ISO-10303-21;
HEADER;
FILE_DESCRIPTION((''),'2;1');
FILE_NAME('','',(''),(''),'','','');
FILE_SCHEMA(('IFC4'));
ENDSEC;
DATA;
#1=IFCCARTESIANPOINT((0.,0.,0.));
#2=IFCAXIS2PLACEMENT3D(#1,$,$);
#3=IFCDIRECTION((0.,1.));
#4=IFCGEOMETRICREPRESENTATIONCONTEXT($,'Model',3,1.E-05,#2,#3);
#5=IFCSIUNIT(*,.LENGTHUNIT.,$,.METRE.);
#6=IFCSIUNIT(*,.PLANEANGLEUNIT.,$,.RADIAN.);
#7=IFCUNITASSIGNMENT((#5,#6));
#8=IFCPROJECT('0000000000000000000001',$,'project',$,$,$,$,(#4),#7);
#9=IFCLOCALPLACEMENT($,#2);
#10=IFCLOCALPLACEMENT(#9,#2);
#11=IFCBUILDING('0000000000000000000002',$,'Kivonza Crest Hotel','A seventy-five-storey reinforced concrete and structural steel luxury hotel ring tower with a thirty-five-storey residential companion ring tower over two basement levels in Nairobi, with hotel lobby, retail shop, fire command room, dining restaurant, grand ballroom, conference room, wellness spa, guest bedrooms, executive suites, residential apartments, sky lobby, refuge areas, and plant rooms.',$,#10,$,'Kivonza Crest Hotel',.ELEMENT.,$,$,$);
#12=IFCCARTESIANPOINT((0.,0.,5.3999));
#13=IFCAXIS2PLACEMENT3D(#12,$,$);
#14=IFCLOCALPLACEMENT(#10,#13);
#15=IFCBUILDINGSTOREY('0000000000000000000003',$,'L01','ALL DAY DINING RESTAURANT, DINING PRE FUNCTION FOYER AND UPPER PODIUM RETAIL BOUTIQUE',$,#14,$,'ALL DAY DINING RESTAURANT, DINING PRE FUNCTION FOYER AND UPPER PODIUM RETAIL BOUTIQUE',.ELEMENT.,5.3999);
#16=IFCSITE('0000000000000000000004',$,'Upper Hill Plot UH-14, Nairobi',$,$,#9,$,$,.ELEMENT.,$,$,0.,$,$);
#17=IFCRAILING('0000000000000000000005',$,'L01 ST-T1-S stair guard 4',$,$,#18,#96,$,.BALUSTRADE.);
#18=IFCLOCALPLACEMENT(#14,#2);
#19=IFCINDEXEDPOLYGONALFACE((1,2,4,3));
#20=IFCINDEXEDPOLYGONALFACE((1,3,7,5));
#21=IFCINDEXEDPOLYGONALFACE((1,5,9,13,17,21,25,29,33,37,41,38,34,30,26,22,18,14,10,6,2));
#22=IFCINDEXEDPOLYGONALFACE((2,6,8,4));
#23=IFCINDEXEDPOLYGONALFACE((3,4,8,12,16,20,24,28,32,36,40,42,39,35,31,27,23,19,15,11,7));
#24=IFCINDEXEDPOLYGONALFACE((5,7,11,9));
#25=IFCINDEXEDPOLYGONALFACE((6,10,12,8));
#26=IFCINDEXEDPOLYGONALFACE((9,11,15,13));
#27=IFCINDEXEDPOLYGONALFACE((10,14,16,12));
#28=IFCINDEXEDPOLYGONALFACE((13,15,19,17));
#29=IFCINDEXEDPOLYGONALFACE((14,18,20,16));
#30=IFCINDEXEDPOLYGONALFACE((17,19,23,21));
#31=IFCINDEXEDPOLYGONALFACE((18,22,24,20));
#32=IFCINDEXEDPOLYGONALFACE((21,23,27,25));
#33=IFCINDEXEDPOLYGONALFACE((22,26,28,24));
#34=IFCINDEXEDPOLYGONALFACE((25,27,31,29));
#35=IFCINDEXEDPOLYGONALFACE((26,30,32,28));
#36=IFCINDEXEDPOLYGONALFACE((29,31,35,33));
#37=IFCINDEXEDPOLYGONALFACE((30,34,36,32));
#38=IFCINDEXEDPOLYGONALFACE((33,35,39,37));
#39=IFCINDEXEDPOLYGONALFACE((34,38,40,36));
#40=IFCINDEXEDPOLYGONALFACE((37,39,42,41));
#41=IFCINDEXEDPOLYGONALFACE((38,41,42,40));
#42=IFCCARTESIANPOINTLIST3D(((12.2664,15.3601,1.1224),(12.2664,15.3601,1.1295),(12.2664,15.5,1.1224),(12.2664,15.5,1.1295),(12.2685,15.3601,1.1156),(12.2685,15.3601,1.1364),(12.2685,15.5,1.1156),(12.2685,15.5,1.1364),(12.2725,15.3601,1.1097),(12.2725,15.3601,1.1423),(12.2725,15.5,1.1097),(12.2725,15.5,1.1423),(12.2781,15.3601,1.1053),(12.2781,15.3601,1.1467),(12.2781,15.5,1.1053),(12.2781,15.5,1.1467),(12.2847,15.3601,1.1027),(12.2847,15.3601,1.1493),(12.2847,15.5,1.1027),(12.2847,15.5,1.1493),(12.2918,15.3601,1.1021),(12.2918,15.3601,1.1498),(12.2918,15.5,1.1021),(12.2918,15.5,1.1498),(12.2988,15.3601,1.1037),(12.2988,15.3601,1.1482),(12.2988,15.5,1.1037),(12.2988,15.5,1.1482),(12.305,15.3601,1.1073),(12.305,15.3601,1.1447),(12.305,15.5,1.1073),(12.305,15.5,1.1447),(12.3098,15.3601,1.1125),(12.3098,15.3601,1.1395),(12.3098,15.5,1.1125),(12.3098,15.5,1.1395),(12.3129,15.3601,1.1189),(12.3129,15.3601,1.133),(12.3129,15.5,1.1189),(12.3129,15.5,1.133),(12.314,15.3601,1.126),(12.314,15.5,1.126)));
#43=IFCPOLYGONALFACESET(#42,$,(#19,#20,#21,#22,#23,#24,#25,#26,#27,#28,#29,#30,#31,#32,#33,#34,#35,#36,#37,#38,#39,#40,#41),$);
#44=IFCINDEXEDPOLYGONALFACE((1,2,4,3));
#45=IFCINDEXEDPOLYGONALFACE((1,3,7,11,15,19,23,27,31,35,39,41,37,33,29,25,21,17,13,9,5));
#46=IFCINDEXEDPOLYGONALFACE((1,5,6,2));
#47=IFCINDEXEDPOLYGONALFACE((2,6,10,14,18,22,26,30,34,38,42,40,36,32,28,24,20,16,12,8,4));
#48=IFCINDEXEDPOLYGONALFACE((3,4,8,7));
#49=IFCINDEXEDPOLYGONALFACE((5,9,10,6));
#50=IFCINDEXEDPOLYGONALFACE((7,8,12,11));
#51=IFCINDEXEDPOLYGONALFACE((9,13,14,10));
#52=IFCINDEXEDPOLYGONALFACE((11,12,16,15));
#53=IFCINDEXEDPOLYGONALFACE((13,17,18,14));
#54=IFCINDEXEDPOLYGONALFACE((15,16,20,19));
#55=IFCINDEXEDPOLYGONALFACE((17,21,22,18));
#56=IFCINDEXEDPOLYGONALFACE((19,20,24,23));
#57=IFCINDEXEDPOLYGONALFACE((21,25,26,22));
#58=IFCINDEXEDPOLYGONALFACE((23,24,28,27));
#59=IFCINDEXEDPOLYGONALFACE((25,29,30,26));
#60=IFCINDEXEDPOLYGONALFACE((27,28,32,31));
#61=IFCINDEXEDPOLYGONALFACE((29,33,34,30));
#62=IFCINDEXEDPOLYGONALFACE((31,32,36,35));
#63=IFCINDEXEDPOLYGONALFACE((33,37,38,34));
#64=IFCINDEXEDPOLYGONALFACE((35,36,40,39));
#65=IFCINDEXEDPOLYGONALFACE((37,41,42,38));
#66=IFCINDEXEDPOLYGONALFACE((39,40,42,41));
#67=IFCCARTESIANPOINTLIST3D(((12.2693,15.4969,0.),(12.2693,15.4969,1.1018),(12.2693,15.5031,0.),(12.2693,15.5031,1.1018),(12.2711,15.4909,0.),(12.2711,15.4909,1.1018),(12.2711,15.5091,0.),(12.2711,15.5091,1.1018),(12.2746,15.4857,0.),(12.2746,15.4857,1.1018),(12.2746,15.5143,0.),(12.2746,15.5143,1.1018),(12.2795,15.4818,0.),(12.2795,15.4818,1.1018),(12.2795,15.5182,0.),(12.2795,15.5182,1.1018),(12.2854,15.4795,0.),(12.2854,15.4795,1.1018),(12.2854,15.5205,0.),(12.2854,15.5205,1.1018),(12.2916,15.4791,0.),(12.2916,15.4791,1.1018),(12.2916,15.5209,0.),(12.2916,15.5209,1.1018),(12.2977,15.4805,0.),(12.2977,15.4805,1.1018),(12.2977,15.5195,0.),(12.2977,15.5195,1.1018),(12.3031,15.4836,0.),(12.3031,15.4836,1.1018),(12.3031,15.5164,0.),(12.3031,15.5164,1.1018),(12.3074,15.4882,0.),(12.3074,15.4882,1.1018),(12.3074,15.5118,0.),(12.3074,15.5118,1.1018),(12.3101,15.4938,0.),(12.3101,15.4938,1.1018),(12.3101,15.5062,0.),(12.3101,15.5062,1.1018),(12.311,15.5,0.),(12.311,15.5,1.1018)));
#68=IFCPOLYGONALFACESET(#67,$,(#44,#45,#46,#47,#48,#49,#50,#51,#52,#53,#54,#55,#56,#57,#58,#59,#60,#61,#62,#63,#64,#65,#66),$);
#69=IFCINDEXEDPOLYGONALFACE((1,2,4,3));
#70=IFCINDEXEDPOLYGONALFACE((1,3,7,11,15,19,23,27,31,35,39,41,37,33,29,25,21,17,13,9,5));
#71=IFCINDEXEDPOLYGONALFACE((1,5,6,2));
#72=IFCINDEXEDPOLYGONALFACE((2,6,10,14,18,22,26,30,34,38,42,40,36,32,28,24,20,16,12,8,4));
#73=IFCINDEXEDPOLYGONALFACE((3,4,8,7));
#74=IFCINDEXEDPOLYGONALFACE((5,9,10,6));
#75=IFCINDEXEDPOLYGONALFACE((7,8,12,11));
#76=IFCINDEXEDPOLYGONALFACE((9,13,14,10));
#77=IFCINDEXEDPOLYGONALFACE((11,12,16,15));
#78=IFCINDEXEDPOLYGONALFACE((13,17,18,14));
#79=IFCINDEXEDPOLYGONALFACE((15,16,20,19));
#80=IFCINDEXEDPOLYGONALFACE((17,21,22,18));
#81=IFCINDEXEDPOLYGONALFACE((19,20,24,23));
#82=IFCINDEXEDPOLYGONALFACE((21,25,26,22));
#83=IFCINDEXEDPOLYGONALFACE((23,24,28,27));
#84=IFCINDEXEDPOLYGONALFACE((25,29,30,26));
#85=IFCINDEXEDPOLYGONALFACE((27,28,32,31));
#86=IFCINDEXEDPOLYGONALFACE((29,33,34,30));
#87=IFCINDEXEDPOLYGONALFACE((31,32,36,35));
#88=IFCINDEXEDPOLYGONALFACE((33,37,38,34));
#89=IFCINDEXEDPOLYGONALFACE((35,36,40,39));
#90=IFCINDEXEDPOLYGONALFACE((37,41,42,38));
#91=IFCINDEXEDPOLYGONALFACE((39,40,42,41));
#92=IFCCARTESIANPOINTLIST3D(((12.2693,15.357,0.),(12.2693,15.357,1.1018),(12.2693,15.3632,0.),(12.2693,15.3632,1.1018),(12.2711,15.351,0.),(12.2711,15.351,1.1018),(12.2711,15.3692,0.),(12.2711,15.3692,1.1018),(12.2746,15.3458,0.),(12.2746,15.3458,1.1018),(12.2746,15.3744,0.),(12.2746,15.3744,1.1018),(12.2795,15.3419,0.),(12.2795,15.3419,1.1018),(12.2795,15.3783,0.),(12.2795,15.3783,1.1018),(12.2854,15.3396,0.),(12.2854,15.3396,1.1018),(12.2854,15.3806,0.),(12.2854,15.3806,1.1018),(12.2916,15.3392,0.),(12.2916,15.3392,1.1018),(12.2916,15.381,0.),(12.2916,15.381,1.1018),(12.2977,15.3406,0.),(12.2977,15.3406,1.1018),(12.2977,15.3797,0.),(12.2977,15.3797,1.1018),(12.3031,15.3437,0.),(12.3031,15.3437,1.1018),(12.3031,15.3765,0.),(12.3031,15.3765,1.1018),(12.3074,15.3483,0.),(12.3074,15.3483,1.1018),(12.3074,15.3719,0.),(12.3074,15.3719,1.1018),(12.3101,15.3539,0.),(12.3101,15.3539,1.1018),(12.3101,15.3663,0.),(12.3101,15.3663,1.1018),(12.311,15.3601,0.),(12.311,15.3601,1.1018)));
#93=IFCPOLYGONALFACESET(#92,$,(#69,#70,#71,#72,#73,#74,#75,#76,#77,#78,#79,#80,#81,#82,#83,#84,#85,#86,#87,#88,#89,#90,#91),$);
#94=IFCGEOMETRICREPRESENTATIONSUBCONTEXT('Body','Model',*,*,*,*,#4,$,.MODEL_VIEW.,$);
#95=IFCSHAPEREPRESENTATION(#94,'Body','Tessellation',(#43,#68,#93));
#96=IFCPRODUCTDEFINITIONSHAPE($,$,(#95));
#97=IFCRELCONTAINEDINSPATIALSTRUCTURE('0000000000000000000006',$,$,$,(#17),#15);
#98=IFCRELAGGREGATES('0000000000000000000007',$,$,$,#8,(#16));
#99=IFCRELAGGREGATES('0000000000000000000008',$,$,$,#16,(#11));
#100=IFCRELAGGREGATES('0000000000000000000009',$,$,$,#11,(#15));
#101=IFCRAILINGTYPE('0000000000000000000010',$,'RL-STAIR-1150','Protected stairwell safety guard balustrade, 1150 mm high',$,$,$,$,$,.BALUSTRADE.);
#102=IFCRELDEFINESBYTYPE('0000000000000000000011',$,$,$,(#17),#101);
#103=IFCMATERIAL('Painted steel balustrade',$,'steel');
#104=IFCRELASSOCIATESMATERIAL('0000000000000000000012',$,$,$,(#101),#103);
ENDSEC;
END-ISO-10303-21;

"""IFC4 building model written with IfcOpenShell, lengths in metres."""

from ifc_helpers import new_model, si_unit, direction, frame, origin, origin_2d, place, context, subcontext, project, spatial, circle, extrude, material, type_object, element, save


model = new_model("IFC4")

# Units and contexts
model_context = context("Model", 3, precision=1e-05, world=origin(), true_north=direction((0.0, 1.0)))
body_context = subcontext(model_context, "Body", "Model", "MODEL_VIEW")
ifc_project = project(units=[si_unit("LENGTHUNIT", "METRE"), si_unit("PLANEANGLEUNIT", "RADIAN")], contexts=[model_context])

# Site, building, storey
site_placement = place(None, origin())
site = spatial("IfcSite", under=ifc_project, at=site_placement, Name="Upper Hill Plot UH-14, Nairobi", CompositionType="ELEMENT", RefElevation=0.0)
building_placement = place(site_placement, origin())
building = spatial("IfcBuilding", under=site, at=building_placement, Name="Kivonza Crest Hotel", Description="A seventy-five-storey reinforced concrete and structural steel luxury hotel ring tower with a thirty-five-storey residential companion ring tower over two basement levels in Nairobi, with hotel lobby, retail shop, fire command room, dining restaurant, grand ballroom, conference room, wellness spa, guest bedrooms, executive suites, residential apartments, sky lobby, refuge areas, and plant rooms.", LongName="Kivonza Crest Hotel", CompositionType="ELEMENT")
storey_placement = place(building_placement, frame((0.0, 0.0, 5.3999)))
storey = spatial("IfcBuildingStorey", under=building, at=storey_placement, Name="L01", Description="ALL DAY DINING RESTAURANT, DINING PRE FUNCTION FOYER AND UPPER PODIUM RETAIL BOUTIQUE", LongName="ALL DAY DINING RESTAURANT, DINING PRE FUNCTION FOYER AND UPPER PODIUM RETAIL BOUTIQUE", CompositionType="ELEMENT", Elevation=5.3999)

# Railing
ifc_material_1 = material(Name="Painted steel balustrade", Category="steel")
railing_type_1 = type_object("IfcRailingType", Name="RL-STAIR-1150", Description="Protected stairwell safety guard balustrade, 1150 mm high", PredefinedType="BALUSTRADE", material=ifc_material_1)
railing_1_placement = place(storey_placement, frame((12.29, 15.5, 0.0)))
element("IfcRailing", 1, at=railing_1_placement, inside=storey, type_object=railing_type_1, Name="L01 ST-T1-S stair guard 4", PredefinedType="BALUSTRADE", context=body_context, shape_type="SweptSolid", body=[
    extrude(circle(Radius=0.0239, at=origin_2d()), frame((0.0, 0.0, 1.126), z_axis=(0.0, -1.0, 0.0), x_axis=(1.0, 0.0, 0.0)), (0.0, 0.0, 1.0), 0.1399),
    extrude(circle(Radius=0.021, at=origin_2d()), origin(), (0.0, 0.0, 1.0), 1.1018),
    extrude(circle(Radius=0.021, at=origin_2d()), frame((0.0, -0.1399, 0.0)), (0.0, 0.0, 1.0), 1.1018),
])

save(model, "model.ifc")
